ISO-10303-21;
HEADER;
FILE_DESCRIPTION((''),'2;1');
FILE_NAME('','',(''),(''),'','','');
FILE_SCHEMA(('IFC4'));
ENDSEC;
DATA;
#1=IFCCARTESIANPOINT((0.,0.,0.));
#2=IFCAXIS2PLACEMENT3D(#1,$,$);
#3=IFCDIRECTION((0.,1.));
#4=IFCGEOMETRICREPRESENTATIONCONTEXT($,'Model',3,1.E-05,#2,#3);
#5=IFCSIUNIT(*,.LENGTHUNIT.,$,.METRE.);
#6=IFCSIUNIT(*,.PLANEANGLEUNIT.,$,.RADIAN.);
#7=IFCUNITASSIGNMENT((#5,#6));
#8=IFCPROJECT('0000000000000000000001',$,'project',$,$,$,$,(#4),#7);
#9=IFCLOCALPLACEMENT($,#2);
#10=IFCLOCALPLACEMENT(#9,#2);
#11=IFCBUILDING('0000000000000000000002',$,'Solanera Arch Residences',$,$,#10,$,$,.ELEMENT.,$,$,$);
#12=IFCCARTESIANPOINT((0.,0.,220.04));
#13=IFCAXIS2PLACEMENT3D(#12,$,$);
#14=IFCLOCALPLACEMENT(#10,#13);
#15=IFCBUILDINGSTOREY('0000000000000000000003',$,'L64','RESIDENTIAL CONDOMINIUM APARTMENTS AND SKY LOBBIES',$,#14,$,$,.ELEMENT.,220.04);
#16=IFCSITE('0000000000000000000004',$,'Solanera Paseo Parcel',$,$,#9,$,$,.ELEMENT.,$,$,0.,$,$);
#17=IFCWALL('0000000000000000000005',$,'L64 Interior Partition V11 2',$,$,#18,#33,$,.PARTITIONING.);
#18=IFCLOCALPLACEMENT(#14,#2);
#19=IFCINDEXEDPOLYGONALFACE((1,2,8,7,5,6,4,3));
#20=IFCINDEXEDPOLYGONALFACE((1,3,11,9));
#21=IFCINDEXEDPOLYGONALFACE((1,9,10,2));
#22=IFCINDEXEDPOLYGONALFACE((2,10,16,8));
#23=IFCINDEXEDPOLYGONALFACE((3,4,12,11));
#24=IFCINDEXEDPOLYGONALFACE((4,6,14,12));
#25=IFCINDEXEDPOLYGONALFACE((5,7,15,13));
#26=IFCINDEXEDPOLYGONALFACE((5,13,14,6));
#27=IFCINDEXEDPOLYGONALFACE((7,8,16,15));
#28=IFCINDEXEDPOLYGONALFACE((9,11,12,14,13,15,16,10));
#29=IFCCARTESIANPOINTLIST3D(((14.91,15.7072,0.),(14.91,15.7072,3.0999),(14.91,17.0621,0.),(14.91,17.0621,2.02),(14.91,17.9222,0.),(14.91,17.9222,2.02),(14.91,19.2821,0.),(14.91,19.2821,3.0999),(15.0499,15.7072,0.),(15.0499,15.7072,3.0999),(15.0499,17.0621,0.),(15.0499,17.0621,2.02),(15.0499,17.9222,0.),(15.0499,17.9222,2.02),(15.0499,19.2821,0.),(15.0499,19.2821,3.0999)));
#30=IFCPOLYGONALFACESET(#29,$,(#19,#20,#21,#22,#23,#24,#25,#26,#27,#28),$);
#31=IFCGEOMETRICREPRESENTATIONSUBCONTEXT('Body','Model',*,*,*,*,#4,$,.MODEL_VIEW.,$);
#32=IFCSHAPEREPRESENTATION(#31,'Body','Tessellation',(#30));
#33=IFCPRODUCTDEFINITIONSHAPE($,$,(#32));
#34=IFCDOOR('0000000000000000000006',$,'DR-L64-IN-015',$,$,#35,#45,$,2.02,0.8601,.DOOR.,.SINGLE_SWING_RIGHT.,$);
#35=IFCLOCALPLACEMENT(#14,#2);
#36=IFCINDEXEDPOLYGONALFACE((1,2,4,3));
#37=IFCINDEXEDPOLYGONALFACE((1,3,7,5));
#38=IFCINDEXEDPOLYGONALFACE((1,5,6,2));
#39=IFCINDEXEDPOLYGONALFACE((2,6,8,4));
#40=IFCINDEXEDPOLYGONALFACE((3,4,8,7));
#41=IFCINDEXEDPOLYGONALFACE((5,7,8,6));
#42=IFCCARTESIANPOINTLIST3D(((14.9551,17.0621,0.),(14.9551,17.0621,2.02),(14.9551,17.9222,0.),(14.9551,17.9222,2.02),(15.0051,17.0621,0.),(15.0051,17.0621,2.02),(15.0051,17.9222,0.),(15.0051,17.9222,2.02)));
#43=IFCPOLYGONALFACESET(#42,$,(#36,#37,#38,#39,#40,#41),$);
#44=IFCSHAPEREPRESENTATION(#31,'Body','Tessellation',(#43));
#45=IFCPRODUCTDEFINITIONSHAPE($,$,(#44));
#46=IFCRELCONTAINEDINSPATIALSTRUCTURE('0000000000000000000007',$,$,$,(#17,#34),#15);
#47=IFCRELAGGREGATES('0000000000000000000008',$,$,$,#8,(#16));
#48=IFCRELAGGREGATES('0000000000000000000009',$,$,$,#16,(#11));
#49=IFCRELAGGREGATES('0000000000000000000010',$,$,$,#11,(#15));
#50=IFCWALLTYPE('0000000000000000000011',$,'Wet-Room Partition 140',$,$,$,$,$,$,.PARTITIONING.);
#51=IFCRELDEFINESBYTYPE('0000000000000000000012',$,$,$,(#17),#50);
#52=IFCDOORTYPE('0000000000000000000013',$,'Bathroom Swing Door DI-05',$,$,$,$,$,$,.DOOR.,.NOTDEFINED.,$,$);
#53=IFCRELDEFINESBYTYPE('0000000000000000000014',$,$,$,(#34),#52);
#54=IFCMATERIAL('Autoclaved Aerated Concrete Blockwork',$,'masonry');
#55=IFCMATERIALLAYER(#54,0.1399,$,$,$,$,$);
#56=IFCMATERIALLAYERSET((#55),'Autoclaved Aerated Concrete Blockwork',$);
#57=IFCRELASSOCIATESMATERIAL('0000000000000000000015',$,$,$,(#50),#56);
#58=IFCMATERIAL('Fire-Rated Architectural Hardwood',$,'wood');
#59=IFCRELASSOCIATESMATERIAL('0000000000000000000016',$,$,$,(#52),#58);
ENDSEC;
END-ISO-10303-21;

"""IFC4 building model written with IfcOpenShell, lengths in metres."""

from ifc_helpers import new_model, si_unit, direction, frame, frame_2d, origin, place, context, subcontext, project, spatial, rectangle, extrude, material, layer, layer_set, type_object, element, fill, save


model = new_model("IFC4")

# Units and contexts
model_context = context("Model", 3, precision=1e-05, world=origin(), true_north=direction((0.0, 1.0)))
body_context = subcontext(model_context, "Body", "Model", "MODEL_VIEW")
ifc_project = project(units=[si_unit("LENGTHUNIT", "METRE"), si_unit("PLANEANGLEUNIT", "RADIAN")], contexts=[model_context])

# Site, building, storey
site_placement = place(None, origin())
site = spatial("IfcSite", under=ifc_project, at=site_placement, Name="Solanera Paseo Parcel", CompositionType="ELEMENT", RefElevation=0.0)
building_placement = place(site_placement, origin())
building = spatial("IfcBuilding", under=site, at=building_placement, Name="Solanera Arch Residences", CompositionType="ELEMENT")
storey_placement = place(building_placement, frame((0.0, 0.0, 220.04)))
storey = spatial("IfcBuildingStorey", under=building, at=storey_placement, Name="L64", Description="RESIDENTIAL CONDOMINIUM APARTMENTS AND SKY LOBBIES", CompositionType="ELEMENT", Elevation=220.04)

# Wall, opening, door
ifc_material_1 = material(Name="Autoclaved Aerated Concrete Blockwork", Category="masonry")
ifc_layer_1 = layer(ifc_material_1, 0.1399)
ifc_layer_set_1 = layer_set([ifc_layer_1], Name="Autoclaved Aerated Concrete Blockwork")
wall_type_1 = type_object("IfcWallType", Name="Wet-Room Partition 140", PredefinedType="PARTITIONING", material=ifc_layer_set_1)
wall_1_placement = place(storey_placement, frame((14.98, 15.707, 0.0), z_axis=(0.0, 0.0, 1.0), x_axis=(0.0, 1.0, 0.0)))
wall_1 = element("IfcWall", 1, at=wall_1_placement, inside=storey, type_object=wall_type_1, Name="L64 Interior Partition V11 2", PredefinedType="PARTITIONING", context=body_context, shape_type="SweptSolid", body=[
    extrude(rectangle(XDim=3.575, YDim=0.1399, at=frame_2d((1.7876, 0.0))), origin(), (0.0, 0.0, 1.0), 3.0999),
])
opening_1_placement = place(wall_1_placement, frame((1.355, 0.0, 0.0)))
opening_1 = element("IfcOpeningElement", 2, at=opening_1_placement, cuts=wall_1, PredefinedType="OPENING", context=body_context, shape_type="SweptSolid", body=[
    extrude(rectangle(XDim=0.8601, YDim=2.02, at=frame_2d((0.4302, 1.01))), frame((0.0, 0.0798, 0.0), z_axis=(0.0, -1.0, 0.0), x_axis=(1.0, 0.0, 0.0)), (0.0, 0.0, 1.0), 0.1599),
])
ifc_material_2 = material(Name="Fire-Rated Architectural Hardwood", Category="wood")
door_type_1 = type_object("IfcDoorType", Name="Bathroom Swing Door DI-05", OperationType="NOTDEFINED", PredefinedType="DOOR", material=ifc_material_2)
door_1_placement = place(opening_1_placement, origin())
door_1 = element("IfcDoor", 3, at=door_1_placement, inside=storey, type_object=door_type_1, Name="DR-L64-IN-015", OperationType="SINGLE_SWING_RIGHT", OverallHeight=2.02, OverallWidth=0.8601, PredefinedType="DOOR", context=body_context, shape_type="SweptSolid", body=[
    extrude(rectangle(XDim=0.8601, YDim=2.02, at=frame_2d((0.4302, 1.01))), frame((0.0, 0.0249, 0.0), z_axis=(0.0, -1.0, 0.0), x_axis=(1.0, 0.0, 0.0)), (0.0, 0.0, 1.0), 0.05),
])
fill(opening_1, door_1)

save(model, "model.ifc")
